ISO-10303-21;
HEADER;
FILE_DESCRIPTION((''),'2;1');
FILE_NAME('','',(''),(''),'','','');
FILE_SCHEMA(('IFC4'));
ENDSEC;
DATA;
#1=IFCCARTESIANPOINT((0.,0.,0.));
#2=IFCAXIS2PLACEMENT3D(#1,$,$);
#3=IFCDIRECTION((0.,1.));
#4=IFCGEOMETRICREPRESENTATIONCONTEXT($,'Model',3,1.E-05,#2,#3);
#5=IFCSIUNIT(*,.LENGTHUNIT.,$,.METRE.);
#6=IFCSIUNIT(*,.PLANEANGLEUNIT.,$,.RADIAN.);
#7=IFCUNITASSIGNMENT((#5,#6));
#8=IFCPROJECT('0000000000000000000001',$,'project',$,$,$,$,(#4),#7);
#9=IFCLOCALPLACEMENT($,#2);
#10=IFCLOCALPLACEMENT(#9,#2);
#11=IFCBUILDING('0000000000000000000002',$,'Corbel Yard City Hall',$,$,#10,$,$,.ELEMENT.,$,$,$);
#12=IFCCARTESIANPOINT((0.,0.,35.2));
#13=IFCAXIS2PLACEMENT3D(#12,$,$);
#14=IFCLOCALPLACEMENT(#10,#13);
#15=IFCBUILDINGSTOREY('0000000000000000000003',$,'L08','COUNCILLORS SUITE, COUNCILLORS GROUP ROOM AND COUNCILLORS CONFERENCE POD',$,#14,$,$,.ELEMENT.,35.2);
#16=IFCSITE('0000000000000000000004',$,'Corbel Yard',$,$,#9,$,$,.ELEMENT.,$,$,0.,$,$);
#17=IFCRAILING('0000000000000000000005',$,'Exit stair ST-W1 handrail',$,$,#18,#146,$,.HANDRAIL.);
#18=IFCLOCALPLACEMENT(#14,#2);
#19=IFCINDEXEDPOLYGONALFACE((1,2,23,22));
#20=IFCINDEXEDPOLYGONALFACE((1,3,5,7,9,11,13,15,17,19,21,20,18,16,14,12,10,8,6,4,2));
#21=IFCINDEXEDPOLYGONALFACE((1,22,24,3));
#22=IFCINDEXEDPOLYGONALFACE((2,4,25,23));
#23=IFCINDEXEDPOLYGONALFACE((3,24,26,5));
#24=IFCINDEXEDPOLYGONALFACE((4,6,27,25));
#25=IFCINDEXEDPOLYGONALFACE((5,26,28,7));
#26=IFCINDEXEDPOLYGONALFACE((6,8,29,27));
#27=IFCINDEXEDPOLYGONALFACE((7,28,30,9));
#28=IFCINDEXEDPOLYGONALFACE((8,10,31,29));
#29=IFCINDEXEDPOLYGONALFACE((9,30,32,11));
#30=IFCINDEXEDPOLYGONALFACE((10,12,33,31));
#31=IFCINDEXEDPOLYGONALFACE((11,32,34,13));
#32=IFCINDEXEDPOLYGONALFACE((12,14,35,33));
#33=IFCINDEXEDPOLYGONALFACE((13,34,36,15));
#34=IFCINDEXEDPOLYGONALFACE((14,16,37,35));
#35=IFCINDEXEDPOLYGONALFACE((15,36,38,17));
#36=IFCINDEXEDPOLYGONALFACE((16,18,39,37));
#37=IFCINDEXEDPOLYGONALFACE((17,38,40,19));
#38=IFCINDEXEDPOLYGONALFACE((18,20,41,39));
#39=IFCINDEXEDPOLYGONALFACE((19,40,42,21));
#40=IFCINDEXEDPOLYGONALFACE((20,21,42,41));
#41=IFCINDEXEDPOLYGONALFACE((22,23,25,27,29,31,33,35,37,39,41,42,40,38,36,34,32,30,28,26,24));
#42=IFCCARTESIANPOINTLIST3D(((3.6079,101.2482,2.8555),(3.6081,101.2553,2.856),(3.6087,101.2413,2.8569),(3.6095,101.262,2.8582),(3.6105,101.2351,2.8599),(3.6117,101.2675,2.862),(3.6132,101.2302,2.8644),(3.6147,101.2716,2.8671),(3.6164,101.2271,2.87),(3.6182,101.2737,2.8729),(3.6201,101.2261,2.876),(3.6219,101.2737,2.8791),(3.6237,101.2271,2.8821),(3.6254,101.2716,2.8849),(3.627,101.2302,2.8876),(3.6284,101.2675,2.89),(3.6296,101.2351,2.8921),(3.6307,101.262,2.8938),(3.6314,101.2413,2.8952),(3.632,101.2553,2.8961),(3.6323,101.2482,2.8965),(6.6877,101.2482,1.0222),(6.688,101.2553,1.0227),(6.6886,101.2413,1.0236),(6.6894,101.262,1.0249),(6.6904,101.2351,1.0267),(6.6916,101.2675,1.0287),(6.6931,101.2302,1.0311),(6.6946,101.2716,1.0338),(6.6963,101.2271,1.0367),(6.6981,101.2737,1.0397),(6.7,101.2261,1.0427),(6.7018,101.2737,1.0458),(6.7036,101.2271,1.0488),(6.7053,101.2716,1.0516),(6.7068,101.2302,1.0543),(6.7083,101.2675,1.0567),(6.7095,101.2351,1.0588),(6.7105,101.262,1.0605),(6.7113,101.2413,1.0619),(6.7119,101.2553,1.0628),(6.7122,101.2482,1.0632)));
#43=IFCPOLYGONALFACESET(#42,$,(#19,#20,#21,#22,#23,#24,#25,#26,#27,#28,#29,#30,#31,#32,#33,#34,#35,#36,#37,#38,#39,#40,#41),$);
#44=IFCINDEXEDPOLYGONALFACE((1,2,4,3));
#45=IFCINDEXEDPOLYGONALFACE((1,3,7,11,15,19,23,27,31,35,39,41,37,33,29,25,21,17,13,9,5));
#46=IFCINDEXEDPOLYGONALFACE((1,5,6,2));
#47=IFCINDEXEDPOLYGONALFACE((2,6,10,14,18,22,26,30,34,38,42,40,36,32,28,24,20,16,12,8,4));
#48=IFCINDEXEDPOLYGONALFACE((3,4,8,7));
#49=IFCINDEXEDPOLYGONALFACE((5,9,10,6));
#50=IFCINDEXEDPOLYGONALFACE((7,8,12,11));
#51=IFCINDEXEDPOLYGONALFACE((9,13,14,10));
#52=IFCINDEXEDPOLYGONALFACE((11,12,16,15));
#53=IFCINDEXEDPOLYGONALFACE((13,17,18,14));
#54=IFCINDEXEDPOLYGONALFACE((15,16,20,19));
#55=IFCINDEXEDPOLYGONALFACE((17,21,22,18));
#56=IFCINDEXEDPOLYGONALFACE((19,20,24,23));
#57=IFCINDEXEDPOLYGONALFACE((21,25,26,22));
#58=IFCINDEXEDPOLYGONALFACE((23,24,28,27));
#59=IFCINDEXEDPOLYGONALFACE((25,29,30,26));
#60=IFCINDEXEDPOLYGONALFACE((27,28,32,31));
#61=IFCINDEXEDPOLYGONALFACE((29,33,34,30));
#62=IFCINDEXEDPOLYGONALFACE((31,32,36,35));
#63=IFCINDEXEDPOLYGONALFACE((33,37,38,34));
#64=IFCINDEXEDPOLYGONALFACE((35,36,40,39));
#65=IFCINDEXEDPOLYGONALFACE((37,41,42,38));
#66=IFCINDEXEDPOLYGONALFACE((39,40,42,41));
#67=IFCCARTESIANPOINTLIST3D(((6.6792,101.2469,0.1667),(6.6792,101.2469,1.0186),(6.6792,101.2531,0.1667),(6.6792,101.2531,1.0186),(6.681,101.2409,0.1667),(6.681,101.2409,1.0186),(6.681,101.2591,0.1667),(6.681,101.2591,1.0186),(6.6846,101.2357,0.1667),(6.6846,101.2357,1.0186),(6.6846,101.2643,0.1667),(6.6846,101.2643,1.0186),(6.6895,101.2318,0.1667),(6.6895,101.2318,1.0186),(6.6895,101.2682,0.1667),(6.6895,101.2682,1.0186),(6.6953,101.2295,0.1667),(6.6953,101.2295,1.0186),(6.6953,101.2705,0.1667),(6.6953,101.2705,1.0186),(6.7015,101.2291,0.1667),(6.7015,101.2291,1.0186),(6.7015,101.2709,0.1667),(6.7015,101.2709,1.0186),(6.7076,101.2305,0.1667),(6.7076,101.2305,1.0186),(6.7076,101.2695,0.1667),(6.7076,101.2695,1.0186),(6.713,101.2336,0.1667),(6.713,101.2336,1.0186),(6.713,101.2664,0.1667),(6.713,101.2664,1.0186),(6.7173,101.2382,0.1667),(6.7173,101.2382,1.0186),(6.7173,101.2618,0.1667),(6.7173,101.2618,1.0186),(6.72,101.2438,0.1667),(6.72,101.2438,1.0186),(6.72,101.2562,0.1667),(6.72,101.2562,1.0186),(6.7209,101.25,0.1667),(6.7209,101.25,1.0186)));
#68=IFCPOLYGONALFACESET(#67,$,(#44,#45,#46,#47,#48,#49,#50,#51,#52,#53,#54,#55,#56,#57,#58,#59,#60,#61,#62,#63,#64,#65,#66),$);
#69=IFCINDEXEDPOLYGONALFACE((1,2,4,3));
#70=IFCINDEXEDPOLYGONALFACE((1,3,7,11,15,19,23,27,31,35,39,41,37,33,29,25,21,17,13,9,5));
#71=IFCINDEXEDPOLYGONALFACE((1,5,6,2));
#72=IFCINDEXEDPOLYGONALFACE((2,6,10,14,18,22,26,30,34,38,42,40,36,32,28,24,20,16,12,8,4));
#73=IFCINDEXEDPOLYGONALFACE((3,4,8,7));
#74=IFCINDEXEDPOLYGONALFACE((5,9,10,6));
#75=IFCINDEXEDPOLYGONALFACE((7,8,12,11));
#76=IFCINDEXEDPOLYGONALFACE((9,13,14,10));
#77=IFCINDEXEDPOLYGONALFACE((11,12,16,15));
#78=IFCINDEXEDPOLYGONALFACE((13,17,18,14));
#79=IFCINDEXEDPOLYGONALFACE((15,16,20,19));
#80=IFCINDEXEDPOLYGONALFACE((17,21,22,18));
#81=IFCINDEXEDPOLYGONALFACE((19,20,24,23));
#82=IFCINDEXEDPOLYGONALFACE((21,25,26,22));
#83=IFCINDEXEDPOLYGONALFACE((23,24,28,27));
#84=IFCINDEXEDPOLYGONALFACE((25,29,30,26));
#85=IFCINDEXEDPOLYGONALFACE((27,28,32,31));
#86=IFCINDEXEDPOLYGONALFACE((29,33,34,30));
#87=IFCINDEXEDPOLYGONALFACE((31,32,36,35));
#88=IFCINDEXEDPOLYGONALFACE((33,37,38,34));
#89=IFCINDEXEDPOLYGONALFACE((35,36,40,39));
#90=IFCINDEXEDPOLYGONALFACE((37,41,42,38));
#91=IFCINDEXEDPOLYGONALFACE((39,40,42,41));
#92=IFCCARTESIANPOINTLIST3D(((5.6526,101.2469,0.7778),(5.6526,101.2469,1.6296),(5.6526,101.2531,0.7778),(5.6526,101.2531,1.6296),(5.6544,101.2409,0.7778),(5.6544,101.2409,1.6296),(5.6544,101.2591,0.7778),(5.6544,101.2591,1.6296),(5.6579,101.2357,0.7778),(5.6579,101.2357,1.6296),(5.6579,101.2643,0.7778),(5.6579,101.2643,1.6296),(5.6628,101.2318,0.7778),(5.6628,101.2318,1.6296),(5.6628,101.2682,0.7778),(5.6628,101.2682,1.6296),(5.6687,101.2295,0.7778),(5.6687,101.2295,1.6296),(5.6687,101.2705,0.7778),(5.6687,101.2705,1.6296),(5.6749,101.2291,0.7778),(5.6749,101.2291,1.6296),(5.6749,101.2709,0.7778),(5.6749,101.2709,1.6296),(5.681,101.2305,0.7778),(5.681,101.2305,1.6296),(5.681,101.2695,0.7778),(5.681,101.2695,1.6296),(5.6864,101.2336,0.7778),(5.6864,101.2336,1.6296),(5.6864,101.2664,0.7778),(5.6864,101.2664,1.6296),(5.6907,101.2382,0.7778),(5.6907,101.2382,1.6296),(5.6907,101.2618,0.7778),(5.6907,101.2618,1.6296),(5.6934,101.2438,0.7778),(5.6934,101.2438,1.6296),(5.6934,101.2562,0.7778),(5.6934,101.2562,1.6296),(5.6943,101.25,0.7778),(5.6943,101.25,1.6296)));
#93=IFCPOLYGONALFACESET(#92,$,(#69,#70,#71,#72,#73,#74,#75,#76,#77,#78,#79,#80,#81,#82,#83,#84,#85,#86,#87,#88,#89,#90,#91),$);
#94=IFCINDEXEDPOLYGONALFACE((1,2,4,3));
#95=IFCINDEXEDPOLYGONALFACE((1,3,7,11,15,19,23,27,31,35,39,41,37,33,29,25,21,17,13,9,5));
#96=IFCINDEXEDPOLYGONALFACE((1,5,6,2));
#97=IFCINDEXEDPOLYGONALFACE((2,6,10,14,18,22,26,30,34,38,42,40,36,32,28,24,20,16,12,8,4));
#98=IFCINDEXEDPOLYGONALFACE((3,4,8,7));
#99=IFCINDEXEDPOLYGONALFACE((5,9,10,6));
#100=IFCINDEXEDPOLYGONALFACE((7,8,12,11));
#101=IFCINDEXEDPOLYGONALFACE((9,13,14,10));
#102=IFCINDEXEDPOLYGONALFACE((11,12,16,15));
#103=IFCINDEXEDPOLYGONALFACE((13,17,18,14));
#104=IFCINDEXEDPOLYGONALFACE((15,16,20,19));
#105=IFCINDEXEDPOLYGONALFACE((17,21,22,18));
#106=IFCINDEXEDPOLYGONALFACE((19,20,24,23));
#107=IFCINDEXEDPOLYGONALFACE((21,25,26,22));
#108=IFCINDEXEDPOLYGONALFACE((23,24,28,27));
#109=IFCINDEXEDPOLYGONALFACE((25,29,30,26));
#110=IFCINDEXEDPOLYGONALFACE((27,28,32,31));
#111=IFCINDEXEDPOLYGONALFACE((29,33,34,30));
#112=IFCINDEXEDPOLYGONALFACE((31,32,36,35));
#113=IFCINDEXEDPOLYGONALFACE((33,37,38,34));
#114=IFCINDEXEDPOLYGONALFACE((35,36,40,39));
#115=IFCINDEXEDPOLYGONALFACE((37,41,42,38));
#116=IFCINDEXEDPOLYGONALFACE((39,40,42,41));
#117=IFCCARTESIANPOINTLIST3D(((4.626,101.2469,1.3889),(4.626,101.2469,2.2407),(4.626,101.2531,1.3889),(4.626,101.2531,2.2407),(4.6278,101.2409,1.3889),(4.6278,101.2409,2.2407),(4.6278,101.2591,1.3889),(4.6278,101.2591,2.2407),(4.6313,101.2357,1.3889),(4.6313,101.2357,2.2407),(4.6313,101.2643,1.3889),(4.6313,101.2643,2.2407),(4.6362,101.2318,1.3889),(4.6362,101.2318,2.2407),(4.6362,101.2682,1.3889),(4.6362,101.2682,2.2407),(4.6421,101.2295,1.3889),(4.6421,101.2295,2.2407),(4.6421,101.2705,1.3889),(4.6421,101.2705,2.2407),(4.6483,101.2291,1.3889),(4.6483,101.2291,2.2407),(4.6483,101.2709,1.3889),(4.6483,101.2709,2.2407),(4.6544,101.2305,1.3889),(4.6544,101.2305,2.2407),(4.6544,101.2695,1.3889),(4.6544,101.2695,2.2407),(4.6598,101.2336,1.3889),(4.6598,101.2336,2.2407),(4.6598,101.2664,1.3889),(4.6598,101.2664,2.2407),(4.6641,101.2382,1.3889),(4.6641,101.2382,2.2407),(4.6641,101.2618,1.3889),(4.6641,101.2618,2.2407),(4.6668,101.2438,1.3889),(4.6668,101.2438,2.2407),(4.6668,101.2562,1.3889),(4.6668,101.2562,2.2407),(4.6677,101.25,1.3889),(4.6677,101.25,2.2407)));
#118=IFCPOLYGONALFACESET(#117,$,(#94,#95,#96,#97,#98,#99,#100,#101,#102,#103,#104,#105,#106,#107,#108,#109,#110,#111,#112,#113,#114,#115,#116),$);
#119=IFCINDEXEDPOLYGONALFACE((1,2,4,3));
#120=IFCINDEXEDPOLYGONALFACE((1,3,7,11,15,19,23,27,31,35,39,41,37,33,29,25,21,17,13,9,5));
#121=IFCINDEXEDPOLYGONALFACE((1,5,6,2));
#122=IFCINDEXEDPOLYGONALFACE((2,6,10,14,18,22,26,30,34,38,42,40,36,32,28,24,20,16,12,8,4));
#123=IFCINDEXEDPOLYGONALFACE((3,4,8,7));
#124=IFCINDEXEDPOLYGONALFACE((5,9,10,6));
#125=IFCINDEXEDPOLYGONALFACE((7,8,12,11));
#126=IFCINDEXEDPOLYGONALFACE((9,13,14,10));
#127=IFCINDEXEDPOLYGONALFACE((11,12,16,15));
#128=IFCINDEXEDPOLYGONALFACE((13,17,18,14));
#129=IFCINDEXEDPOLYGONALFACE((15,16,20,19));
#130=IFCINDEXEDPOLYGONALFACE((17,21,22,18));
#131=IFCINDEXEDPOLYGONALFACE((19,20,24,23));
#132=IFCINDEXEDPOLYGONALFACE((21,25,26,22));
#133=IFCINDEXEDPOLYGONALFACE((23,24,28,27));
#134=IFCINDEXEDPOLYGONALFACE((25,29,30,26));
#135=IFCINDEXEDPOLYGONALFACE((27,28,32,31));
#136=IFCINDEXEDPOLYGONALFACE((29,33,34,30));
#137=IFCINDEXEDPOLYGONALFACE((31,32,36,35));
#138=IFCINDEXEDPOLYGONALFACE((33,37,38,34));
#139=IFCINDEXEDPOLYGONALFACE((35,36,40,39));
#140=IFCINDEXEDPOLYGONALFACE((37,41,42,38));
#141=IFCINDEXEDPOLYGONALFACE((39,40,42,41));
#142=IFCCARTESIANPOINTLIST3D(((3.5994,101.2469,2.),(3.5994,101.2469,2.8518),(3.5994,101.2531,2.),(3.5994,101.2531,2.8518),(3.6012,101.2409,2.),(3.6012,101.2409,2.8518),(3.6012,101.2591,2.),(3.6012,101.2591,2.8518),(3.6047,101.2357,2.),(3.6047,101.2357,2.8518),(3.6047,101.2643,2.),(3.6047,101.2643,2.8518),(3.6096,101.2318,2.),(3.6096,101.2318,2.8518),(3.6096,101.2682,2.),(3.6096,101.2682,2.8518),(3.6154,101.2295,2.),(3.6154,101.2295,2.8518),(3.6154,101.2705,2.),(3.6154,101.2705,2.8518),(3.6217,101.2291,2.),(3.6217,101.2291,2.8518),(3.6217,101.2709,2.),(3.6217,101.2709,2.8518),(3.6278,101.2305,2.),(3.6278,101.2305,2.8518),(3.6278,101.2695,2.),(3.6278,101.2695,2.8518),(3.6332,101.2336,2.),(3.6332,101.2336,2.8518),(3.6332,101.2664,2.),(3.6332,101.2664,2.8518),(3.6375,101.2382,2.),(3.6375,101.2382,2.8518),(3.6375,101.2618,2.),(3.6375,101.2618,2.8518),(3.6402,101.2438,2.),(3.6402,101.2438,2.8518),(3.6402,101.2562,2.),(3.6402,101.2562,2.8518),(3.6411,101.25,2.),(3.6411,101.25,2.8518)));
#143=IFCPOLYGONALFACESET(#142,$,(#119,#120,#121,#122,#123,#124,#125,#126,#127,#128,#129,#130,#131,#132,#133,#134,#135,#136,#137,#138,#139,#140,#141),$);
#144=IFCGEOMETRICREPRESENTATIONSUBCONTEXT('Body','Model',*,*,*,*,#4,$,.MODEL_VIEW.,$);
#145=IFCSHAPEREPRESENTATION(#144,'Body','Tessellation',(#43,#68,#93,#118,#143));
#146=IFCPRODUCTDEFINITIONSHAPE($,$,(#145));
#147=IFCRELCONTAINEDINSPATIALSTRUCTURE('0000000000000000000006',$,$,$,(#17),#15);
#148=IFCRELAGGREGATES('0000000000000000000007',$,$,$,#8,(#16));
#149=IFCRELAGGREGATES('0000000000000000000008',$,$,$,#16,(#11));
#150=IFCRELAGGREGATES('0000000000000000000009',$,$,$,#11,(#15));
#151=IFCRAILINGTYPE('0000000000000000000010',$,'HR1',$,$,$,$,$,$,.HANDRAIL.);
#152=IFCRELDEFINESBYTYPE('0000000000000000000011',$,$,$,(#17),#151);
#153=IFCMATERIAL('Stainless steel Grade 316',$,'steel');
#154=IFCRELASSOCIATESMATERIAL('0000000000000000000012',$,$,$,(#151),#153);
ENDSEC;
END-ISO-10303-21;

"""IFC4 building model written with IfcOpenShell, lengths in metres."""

from ifc_helpers import new_model, si_unit, direction, frame, origin, origin_2d, place, context, subcontext, project, spatial, circle, extrude, material, type_object, element, save


model = new_model("IFC4")

# Units and contexts
model_context = context("Model", 3, precision=1e-05, world=origin(), true_north=direction((0.0, 1.0)))
body_context = subcontext(model_context, "Body", "Model", "MODEL_VIEW")
ifc_project = project(units=[si_unit("LENGTHUNIT", "METRE"), si_unit("PLANEANGLEUNIT", "RADIAN")], contexts=[model_context])

# Site, building, storey
site_placement = place(None, origin())
site = spatial("IfcSite", under=ifc_project, at=site_placement, Name="Corbel Yard", CompositionType="ELEMENT", RefElevation=0.0)
building_placement = place(site_placement, origin())
building = spatial("IfcBuilding", under=site, at=building_placement, Name="Corbel Yard City Hall", CompositionType="ELEMENT")
storey_placement = place(building_placement, frame((0.0, 0.0, 35.2)))
storey = spatial("IfcBuildingStorey", under=building, at=storey_placement, Name="L08", Description="COUNCILLORS SUITE, COUNCILLORS GROUP ROOM AND COUNCILLORS CONFERENCE POD", CompositionType="ELEMENT", Elevation=35.2)

# Shared definitions
ifc_material_1 = material(Name="Stainless steel Grade 316", Category="steel")

# Railing
railing_type = type_object("IfcRailingType", Name="HR1", PredefinedType="HANDRAIL", material=ifc_material_1)
for number, where, name in (
    (1, (6.7, 101.25, 0.1667), "Exit stair ST-W1 handrail"),
):
    element("IfcRailing", number, at=place(storey_placement, frame(where)), inside=storey, type_object=railing_type, Name=name, PredefinedType="HANDRAIL", context=body_context, shape_type="SweptSolid", body=[
        extrude(circle(Radius=0.0239, at=origin_2d()), frame((0.0, 0.0, 0.876), z_axis=(-0.859291, 0.0, 0.511487), x_axis=(0.0, -1.0, 0.0)), (0.0, 0.0, 1.0), 3.5842),
        extrude(circle(Radius=0.021, at=origin_2d()), origin(), (0.0, 0.0, 1.0), 0.8518),
        extrude(circle(Radius=0.021, at=origin_2d()), frame((-1.0266, 0.0, 0.6111)), (0.0, 0.0, 1.0), 0.8518),
        extrude(circle(Radius=0.021, at=origin_2d()), frame((-2.0532, 0.0, 1.2222)), (0.0, 0.0, 1.0), 0.8518),
        extrude(circle(Radius=0.021, at=origin_2d()), frame((-3.0798, 0.0, 1.8333)), (0.0, 0.0, 1.0), 0.8518),
    ])

save(model, "model.ifc")
